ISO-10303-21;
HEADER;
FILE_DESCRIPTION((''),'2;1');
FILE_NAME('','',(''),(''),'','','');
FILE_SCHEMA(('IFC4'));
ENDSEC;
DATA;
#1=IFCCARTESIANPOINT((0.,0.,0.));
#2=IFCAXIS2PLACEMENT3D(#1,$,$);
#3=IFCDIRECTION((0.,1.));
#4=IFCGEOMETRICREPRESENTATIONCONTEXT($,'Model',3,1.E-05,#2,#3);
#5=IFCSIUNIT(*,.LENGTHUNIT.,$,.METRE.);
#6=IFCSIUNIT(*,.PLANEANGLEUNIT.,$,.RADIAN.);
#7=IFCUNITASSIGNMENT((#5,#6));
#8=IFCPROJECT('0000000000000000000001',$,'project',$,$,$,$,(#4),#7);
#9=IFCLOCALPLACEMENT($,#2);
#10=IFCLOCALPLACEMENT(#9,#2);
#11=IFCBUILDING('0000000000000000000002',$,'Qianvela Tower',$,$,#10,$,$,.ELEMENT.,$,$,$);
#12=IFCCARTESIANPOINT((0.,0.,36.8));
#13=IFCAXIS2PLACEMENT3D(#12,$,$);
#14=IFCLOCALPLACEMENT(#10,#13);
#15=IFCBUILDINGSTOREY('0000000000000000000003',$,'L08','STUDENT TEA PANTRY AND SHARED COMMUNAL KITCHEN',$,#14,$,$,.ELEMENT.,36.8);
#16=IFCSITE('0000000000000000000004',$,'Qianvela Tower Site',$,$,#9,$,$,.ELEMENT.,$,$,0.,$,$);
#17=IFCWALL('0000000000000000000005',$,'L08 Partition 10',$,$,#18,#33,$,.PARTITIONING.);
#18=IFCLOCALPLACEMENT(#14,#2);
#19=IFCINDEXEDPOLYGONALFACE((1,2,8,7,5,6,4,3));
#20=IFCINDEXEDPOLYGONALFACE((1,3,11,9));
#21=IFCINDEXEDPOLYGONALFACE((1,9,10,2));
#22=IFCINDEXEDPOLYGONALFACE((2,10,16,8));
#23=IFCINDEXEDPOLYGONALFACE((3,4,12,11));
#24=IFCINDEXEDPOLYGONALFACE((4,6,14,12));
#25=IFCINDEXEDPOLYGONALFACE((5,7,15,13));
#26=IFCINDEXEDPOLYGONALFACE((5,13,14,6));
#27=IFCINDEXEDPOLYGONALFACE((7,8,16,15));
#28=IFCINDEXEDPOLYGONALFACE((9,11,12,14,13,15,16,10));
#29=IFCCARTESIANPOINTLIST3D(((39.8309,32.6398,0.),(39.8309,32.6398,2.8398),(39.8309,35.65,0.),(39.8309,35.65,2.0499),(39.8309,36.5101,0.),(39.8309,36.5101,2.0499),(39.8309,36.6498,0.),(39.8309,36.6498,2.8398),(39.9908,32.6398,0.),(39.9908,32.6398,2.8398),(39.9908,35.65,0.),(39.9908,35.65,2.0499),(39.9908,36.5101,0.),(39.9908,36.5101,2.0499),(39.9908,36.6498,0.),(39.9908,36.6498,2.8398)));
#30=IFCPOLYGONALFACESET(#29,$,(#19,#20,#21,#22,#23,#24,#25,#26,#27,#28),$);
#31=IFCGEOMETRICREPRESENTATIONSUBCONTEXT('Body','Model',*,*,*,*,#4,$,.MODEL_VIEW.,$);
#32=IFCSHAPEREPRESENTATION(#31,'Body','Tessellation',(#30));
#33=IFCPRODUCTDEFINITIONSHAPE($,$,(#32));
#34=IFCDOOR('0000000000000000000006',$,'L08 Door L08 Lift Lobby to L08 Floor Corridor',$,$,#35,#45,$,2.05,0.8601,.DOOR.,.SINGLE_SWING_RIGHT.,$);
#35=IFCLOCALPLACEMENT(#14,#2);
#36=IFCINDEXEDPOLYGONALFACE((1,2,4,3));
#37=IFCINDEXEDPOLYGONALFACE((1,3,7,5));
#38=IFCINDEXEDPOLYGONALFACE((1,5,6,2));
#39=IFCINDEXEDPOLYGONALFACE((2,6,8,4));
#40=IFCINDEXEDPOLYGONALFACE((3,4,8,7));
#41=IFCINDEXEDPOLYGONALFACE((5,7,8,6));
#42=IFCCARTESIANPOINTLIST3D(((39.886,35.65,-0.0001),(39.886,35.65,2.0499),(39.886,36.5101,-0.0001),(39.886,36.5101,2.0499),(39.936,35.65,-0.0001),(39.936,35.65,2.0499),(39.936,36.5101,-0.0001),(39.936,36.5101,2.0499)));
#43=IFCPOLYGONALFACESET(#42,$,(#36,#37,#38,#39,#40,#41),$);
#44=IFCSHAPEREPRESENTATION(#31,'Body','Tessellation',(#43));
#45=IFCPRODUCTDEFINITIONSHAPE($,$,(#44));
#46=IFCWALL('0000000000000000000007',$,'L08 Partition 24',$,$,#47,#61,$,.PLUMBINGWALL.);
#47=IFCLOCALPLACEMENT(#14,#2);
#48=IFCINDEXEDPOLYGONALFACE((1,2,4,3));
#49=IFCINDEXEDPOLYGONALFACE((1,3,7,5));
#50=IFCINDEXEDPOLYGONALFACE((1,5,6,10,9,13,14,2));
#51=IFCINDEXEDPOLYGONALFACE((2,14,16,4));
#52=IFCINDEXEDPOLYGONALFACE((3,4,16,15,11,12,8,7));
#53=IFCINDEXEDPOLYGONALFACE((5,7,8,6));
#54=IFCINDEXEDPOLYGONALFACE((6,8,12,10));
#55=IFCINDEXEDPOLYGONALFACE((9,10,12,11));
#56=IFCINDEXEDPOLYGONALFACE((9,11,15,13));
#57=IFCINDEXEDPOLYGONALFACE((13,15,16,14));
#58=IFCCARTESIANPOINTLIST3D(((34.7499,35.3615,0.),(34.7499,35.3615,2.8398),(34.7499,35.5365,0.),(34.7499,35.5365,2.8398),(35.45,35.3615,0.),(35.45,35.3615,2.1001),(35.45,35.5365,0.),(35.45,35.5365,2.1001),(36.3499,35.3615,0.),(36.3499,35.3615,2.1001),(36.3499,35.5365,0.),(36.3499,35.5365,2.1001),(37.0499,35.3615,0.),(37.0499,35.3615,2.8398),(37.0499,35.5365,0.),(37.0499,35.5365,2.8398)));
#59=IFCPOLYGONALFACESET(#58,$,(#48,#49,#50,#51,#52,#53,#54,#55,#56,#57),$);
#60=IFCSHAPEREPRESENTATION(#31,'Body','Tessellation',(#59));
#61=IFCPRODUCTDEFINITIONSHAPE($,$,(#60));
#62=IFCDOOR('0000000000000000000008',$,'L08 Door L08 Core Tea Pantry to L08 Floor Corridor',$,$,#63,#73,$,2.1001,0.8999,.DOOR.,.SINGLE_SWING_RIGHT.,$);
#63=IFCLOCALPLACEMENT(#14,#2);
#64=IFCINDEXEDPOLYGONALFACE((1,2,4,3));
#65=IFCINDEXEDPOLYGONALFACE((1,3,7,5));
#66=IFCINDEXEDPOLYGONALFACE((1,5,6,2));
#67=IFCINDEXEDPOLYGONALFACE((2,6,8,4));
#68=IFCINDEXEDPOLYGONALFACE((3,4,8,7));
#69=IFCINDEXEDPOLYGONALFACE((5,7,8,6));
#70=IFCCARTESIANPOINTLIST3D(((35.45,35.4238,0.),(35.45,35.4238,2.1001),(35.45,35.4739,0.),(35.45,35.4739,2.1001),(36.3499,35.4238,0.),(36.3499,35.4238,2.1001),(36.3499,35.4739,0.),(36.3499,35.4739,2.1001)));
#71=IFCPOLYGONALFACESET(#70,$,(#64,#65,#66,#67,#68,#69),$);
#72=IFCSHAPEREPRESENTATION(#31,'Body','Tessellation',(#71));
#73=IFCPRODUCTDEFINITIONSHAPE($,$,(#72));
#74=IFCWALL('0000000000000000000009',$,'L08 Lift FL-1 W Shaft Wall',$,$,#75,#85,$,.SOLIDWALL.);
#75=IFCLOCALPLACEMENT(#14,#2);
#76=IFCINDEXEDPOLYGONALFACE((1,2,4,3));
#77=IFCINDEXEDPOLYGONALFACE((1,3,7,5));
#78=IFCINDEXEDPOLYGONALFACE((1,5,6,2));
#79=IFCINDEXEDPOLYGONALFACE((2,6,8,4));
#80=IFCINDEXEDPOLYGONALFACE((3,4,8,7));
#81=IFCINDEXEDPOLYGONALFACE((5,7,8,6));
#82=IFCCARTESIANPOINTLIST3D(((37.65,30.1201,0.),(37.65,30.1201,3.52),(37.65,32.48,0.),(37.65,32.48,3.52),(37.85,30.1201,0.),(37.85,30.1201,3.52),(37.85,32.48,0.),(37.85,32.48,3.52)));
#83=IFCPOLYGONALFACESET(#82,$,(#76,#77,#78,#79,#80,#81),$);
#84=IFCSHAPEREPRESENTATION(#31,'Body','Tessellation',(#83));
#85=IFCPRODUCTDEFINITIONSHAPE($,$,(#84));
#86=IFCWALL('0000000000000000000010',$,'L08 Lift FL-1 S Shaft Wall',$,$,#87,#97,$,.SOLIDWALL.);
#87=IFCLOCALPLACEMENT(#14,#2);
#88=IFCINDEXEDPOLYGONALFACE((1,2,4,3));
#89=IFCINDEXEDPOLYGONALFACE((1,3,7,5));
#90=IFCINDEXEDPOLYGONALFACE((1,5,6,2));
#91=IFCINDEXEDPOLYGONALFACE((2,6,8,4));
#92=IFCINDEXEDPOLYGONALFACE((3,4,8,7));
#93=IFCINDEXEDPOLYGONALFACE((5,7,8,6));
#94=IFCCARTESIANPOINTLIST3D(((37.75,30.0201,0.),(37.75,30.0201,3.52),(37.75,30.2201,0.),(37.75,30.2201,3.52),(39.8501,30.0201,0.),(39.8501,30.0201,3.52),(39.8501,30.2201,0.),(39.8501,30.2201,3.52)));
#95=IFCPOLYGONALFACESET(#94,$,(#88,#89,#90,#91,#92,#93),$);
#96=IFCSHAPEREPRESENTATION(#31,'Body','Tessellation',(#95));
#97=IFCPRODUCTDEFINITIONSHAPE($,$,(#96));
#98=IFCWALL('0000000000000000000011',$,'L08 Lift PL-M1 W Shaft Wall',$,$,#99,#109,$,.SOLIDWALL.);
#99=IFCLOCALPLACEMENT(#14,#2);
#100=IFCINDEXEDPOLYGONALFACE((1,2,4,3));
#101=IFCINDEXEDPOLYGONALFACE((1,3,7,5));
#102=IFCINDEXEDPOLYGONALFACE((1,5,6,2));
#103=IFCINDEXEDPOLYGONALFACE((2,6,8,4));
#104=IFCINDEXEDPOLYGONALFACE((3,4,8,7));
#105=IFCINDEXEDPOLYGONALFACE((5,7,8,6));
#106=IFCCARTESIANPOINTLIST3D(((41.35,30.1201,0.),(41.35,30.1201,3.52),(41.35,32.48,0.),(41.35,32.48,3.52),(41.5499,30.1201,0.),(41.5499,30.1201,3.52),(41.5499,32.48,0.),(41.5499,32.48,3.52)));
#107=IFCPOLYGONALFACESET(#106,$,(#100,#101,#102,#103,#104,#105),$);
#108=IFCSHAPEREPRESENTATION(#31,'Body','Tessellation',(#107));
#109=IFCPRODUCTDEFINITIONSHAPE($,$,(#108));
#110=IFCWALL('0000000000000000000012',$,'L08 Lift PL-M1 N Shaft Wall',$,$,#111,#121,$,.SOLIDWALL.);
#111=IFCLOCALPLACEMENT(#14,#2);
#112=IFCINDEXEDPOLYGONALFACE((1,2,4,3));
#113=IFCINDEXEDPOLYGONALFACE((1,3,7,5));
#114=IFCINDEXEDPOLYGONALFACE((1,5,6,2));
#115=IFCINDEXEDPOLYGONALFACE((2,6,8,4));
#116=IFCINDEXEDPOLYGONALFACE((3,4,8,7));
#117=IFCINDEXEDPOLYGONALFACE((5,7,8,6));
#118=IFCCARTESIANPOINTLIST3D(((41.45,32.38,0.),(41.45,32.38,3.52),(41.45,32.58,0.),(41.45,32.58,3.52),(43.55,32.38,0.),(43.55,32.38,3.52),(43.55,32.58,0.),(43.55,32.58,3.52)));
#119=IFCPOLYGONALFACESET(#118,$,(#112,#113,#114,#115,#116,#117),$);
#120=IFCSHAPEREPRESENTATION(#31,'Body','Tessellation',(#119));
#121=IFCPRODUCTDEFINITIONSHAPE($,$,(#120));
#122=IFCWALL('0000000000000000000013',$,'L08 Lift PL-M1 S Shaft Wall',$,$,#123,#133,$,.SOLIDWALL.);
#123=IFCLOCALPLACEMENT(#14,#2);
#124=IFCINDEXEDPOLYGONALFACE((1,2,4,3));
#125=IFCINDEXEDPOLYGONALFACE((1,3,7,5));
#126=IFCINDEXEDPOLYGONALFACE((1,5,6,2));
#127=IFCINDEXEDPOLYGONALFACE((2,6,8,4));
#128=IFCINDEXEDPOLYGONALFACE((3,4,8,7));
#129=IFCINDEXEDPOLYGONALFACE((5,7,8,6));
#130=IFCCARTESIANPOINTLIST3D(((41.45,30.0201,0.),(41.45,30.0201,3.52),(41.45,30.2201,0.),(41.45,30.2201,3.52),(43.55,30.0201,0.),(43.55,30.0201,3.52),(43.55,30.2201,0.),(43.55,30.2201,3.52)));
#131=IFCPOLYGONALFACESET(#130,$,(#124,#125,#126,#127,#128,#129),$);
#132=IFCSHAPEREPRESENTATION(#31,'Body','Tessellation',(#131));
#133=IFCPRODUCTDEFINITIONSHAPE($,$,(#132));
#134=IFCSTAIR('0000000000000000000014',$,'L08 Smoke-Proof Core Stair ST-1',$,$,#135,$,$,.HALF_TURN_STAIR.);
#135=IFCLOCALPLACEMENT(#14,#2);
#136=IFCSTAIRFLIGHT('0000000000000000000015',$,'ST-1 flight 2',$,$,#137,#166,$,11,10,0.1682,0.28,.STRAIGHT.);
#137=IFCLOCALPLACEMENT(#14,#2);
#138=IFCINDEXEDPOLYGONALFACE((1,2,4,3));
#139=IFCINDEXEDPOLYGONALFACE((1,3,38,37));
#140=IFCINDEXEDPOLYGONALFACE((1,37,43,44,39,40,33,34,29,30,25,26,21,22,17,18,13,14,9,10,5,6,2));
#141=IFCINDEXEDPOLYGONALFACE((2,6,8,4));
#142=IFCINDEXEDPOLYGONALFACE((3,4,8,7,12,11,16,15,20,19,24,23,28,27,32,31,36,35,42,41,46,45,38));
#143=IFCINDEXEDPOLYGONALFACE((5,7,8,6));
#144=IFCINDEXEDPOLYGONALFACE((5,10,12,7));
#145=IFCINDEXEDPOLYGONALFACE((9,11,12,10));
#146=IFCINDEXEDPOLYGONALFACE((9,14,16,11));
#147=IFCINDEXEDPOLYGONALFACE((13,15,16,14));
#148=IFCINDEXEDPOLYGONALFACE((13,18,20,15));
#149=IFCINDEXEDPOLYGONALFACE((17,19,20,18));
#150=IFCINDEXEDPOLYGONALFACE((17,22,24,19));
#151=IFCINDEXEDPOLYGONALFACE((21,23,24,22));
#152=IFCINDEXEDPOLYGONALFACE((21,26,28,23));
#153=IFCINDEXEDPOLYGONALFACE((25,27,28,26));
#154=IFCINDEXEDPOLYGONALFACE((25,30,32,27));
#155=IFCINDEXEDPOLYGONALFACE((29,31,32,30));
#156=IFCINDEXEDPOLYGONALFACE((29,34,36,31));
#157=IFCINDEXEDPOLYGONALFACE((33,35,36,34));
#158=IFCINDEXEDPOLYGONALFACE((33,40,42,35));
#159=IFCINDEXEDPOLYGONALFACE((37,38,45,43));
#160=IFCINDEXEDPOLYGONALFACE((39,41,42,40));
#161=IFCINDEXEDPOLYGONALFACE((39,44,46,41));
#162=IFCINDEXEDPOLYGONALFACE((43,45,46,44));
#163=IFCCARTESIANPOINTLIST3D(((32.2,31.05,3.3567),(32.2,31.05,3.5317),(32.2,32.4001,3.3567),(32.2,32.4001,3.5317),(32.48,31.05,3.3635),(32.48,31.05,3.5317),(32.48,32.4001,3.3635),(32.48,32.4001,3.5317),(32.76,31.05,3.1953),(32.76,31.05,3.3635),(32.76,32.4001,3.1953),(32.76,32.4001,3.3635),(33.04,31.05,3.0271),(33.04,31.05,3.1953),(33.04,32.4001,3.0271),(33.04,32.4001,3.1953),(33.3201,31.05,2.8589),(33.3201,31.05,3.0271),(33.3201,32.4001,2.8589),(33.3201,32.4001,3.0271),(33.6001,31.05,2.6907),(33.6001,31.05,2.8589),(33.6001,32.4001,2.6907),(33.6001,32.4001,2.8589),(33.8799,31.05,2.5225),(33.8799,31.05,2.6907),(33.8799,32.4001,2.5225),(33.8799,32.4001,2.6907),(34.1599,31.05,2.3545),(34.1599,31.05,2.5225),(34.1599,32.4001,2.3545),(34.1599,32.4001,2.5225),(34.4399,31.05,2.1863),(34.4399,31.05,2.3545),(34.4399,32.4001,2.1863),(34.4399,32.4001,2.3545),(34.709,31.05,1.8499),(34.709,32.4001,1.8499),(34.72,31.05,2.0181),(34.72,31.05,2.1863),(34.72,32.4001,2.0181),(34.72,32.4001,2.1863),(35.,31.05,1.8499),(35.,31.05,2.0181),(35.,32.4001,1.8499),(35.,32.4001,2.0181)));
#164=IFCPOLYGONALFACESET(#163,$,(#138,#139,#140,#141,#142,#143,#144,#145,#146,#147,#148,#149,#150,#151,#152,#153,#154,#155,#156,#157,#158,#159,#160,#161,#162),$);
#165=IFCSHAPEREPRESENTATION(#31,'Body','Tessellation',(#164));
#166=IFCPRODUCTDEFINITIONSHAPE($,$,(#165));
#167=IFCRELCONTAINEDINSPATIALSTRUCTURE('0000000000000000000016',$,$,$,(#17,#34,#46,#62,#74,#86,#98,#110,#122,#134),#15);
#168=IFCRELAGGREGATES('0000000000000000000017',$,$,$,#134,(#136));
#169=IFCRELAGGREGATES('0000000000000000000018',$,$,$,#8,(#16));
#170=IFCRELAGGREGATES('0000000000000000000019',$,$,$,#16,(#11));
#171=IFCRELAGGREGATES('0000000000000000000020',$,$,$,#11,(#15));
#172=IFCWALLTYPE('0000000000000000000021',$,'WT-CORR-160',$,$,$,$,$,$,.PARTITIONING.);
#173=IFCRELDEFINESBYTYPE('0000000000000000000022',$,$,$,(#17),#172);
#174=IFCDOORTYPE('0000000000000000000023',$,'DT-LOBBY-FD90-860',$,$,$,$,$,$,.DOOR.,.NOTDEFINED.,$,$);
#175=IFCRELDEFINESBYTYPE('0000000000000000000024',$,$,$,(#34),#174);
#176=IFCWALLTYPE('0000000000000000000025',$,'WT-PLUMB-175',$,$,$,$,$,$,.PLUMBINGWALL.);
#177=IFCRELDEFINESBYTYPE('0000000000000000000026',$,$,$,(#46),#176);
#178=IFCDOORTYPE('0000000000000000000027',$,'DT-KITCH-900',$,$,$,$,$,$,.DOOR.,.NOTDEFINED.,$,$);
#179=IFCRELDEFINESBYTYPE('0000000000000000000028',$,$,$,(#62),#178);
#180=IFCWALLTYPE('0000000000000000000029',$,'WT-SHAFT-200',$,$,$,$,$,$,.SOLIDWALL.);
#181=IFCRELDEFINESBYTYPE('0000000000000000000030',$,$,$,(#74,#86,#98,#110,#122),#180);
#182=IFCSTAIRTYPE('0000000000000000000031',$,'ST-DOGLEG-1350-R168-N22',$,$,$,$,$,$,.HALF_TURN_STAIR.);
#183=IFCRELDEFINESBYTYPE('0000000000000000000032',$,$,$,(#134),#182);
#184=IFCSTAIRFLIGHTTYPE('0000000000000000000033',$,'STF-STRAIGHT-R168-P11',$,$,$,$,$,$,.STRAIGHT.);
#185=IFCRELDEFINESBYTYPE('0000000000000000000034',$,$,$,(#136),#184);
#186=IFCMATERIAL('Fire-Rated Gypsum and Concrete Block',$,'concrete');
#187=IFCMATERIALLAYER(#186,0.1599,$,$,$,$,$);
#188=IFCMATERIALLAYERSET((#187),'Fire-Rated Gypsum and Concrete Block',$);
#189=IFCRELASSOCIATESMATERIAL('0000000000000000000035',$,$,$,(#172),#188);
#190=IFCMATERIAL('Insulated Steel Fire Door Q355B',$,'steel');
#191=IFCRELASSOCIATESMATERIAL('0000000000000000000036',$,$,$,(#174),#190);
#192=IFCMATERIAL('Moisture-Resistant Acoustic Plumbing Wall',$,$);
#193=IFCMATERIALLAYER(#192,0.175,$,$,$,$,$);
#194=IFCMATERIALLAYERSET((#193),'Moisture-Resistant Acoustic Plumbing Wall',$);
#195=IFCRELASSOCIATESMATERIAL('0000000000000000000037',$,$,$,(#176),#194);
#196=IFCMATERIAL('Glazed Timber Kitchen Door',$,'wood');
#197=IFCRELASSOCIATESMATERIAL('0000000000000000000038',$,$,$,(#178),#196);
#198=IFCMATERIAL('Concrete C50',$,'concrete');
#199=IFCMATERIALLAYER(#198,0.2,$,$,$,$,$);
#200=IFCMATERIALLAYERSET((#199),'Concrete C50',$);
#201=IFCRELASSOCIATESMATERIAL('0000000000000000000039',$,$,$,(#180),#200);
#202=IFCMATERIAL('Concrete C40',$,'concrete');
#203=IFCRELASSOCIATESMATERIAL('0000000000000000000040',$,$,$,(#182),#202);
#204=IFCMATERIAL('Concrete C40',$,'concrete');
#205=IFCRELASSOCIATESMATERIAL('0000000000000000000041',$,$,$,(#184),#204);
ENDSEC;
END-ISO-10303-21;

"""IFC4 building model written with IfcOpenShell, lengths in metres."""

from ifc_helpers import new_model, si_unit, direction, frame, frame_2d, origin, place, context, subcontext, project, spatial, polyline, rectangle, outline, extrude, material, layer, layer_set, type_object, element, fill, aggregate, save


model = new_model("IFC4")

# Units and contexts
model_context = context("Model", 3, precision=1e-05, world=origin(), true_north=direction((0.0, 1.0)))
body_context = subcontext(model_context, "Body", "Model", "MODEL_VIEW")
ifc_project = project(units=[si_unit("LENGTHUNIT", "METRE"), si_unit("PLANEANGLEUNIT", "RADIAN")], contexts=[model_context])

# Site, building, storey
site_placement = place(None, origin())
site = spatial("IfcSite", under=ifc_project, at=site_placement, Name="Qianvela Tower Site", CompositionType="ELEMENT", RefElevation=0.0)
building_placement = place(site_placement, origin())
building = spatial("IfcBuilding", under=site, at=building_placement, Name="Qianvela Tower", CompositionType="ELEMENT")
storey_placement = place(building_placement, frame((0.0, 0.0, 36.8)))
storey = spatial("IfcBuildingStorey", under=building, at=storey_placement, Name="L08", Description="STUDENT TEA PANTRY AND SHARED COMMUNAL KITCHEN", CompositionType="ELEMENT", Elevation=36.8)

# Walls, openings, doors
ifc_material_1 = material(Name="Fire-Rated Gypsum and Concrete Block", Category="concrete")
ifc_layer_1 = layer(ifc_material_1, 0.1599)
ifc_layer_set_1 = layer_set([ifc_layer_1], Name="Fire-Rated Gypsum and Concrete Block")
wall_type_1 = type_object("IfcWallType", Name="WT-CORR-160", PredefinedType="PARTITIONING", material=ifc_layer_set_1)
wall_1_placement = place(storey_placement, frame((39.9109, 32.6399, 0.0), z_axis=(0.0, 0.0, 1.0), x_axis=(0.0, 1.0, 0.0)))
wall_1 = element("IfcWall", 1, at=wall_1_placement, inside=storey, type_object=wall_type_1, Name="L08 Partition 10", PredefinedType="PARTITIONING", context=body_context, shape_type="SweptSolid", body=[
    extrude(rectangle(XDim=4.01, YDim=0.1599, at=frame_2d((2.0049, 0.0))), origin(), (0.0, 0.0, 1.0), 2.8398),
])
opening_1_placement = place(wall_1_placement, frame((3.01, 0.0, 0.0)))
opening_1 = element("IfcOpeningElement", 2, at=opening_1_placement, cuts=wall_1, PredefinedType="OPENING", context=body_context, shape_type="SweptSolid", body=[
    extrude(rectangle(XDim=0.8601, YDim=2.05, at=frame_2d((0.4302, 1.0249))), frame((0.0, 0.0898, 0.0), z_axis=(0.0, -1.0, 0.0), x_axis=(1.0, 0.0, 0.0)), (0.0, 0.0, 1.0), 0.1799),
])
ifc_material_2 = material(Name="Insulated Steel Fire Door Q355B", Category="steel")
door_type_1 = type_object("IfcDoorType", Name="DT-LOBBY-FD90-860", OperationType="NOTDEFINED", PredefinedType="DOOR", material=ifc_material_2)
door_1_placement = place(opening_1_placement, origin())
door_1 = element("IfcDoor", 3, at=door_1_placement, inside=storey, type_object=door_type_1, Name="L08 Door L08 Lift Lobby to L08 Floor Corridor", OperationType="SINGLE_SWING_RIGHT", OverallHeight=2.05, OverallWidth=0.8601, PredefinedType="DOOR", context=body_context, shape_type="SweptSolid", body=[
    extrude(rectangle(XDim=0.8601, YDim=2.05, at=frame_2d((0.4302, 1.0249))), frame((0.0, 0.0249, 0.0), z_axis=(0.0, -1.0, 0.0), x_axis=(1.0, 0.0, 0.0)), (0.0, 0.0, 1.0), 0.05),
])
fill(opening_1, door_1)
ifc_material_3 = material(Name="Moisture-Resistant Acoustic Plumbing Wall")
ifc_layer_2 = layer(ifc_material_3, 0.175)
ifc_layer_set_2 = layer_set([ifc_layer_2], Name="Moisture-Resistant Acoustic Plumbing Wall")
wall_type_2 = type_object("IfcWallType", Name="WT-PLUMB-175", PredefinedType="PLUMBINGWALL", material=ifc_layer_set_2)
wall_2_placement = place(storey_placement, frame((34.75, 35.449, 0.0), z_axis=(0.0, 0.0, 1.0), x_axis=(1.0, 0.0, 0.0)))
wall_2 = element("IfcWall", 4, at=wall_2_placement, inside=storey, type_object=wall_type_2, Name="L08 Partition 24", PredefinedType="PLUMBINGWALL", context=body_context, shape_type="SweptSolid", body=[
    extrude(rectangle(XDim=2.3, YDim=0.175, at=frame_2d((1.1499, 0.0))), origin(), (0.0, 0.0, 1.0), 2.8398),
])
opening_2_placement = place(wall_2_placement, frame((0.7, 0.0, 0.0)))
opening_2 = element("IfcOpeningElement", 5, at=opening_2_placement, cuts=wall_2, PredefinedType="OPENING", context=body_context, shape_type="SweptSolid", body=[
    extrude(rectangle(XDim=0.8999, YDim=2.1001, at=frame_2d((0.45, 1.05))), frame((0.0, 0.0974, 0.0), z_axis=(0.0, -1.0, 0.0), x_axis=(1.0, 0.0, 0.0)), (0.0, 0.0, 1.0), 0.1951),
])
ifc_material_4 = material(Name="Glazed Timber Kitchen Door", Category="wood")
door_type_2 = type_object("IfcDoorType", Name="DT-KITCH-900", OperationType="NOTDEFINED", PredefinedType="DOOR", material=ifc_material_4)
door_2_placement = place(opening_2_placement, origin())
door_2 = element("IfcDoor", 6, at=door_2_placement, inside=storey, type_object=door_type_2, Name="L08 Door L08 Core Tea Pantry to L08 Floor Corridor", OperationType="SINGLE_SWING_RIGHT", OverallHeight=2.1001, OverallWidth=0.8999, PredefinedType="DOOR", context=body_context, shape_type="SweptSolid", body=[
    extrude(rectangle(XDim=0.8999, YDim=2.1001, at=frame_2d((0.45, 1.05))), frame((0.0, 0.0249, 0.0), z_axis=(0.0, -1.0, 0.0), x_axis=(1.0, 0.0, 0.0)), (0.0, 0.0, 1.0), 0.05),
])
fill(opening_2, door_2)
ifc_material_5 = material(Name="Concrete C50", Category="concrete")
ifc_layer_3 = layer(ifc_material_5, 0.2)
ifc_layer_set_3 = layer_set([ifc_layer_3], Name="Concrete C50")
wall_type_3 = type_object("IfcWallType", Name="WT-SHAFT-200", PredefinedType="SOLIDWALL", material=ifc_layer_set_3)

# Walls
wall_3_placement = place(storey_placement, frame((37.75, 30.1201, 0.0), z_axis=(0.0, 0.0, 1.0), x_axis=(0.0, 1.0, 0.0)))
element("IfcWall", 7, at=wall_3_placement, inside=storey, type_object=wall_type_3, Name="L08 Lift FL-1 W Shaft Wall", PredefinedType="SOLIDWALL", context=body_context, shape_type="SweptSolid", body=[
    extrude(rectangle(XDim=2.3599, YDim=0.2, at=frame_2d((1.1799, 0.0))), origin(), (0.0, 0.0, 1.0), 3.52),
])
wall_4_placement = place(storey_placement, frame((37.75, 30.1201, 0.0), z_axis=(0.0, 0.0, 1.0), x_axis=(1.0, 0.0, 0.0)))
element("IfcWall", 8, at=wall_4_placement, inside=storey, type_object=wall_type_3, Name="L08 Lift FL-1 S Shaft Wall", PredefinedType="SOLIDWALL", context=body_context, shape_type="SweptSolid", body=[
    extrude(rectangle(XDim=2.1001, YDim=0.2, at=frame_2d((1.05, 0.0))), origin(), (0.0, 0.0, 1.0), 3.52),
])
wall_5_placement = place(storey_placement, frame((41.45, 30.1201, 0.0), z_axis=(0.0, 0.0, 1.0), x_axis=(0.0, 1.0, 0.0)))
element("IfcWall", 9, at=wall_5_placement, inside=storey, type_object=wall_type_3, Name="L08 Lift PL-M1 W Shaft Wall", PredefinedType="SOLIDWALL", context=body_context, shape_type="SweptSolid", body=[
    extrude(rectangle(XDim=2.3599, YDim=0.2, at=frame_2d((1.1799, 0.0))), origin(), (0.0, 0.0, 1.0), 3.52),
])
for number, where, z_axis, x_axis, name in (
    (10, (41.45, 32.48, 0.0), (0.0, 0.0, 1.0), (1.0, 0.0, 0.0), "L08 Lift PL-M1 N Shaft Wall"),
    (11, (41.45, 30.1201, 0.0), (0.0, 0.0, 1.0), (1.0, 0.0, 0.0), "L08 Lift PL-M1 S Shaft Wall"),
):
    element("IfcWall", number, at=place(storey_placement, frame(where, z_axis=z_axis, x_axis=x_axis)), inside=storey, type_object=wall_type_3, Name=name, PredefinedType="SOLIDWALL", context=body_context, shape_type="SweptSolid", body=[
        extrude(rectangle(XDim=2.1001, YDim=0.2, at=frame_2d((1.05, 0.0))), origin(), (0.0, 0.0, 1.0), 3.52),
    ])

# Stair, stair flight
ifc_material_6 = material(Name="Concrete C40", Category="concrete")
stair_type = type_object("IfcStairType", Name="ST-DOGLEG-1350-R168-N22", PredefinedType="HALF_TURN_STAIR", material=ifc_material_6)
stair_placement = place(storey_placement, origin())
stair = element("IfcStair", 12, at=stair_placement, inside=storey, type_object=stair_type, Name="L08 Smoke-Proof Core Stair ST-1", PredefinedType="HALF_TURN_STAIR")
ifc_material_7 = material(Name="Concrete C40", Category="concrete")
stair_flight_type = type_object("IfcStairFlightType", Name="STF-STRAIGHT-R168-P11", PredefinedType="STRAIGHT", material=ifc_material_7)
stair_flight_placement = place(storey_placement, frame((35.0, 31.7251, 1.8499), z_axis=(0.0, 0.0, 1.0), x_axis=(-1.0, 0.0, 0.0)))
stair_flight = element("IfcStairFlight", 13, at=stair_flight_placement, type_object=stair_flight_type, Name="ST-1 flight 2", NumberOfRisers=11, NumberOfTreads=10, PredefinedType="STRAIGHT", RiserHeight=0.1682, TreadLength=0.28, context=body_context, shape_type="SweptSolid", body=[
    extrude(outline(polyline([(0.0, 0.0), (0.0, 0.1682), (0.28, 0.1682), (0.28, 0.3364), (0.5601, 0.3364), (0.5601, 0.5046), (0.8401, 0.5046), (0.8401, 0.6726), (1.1201, 0.6726), (1.1201, 0.8408), (1.3999, 0.8408), (1.3999, 1.009), (1.6799, 1.009), (1.6799, 1.1772), (1.96, 1.1772), (1.96, 1.3455), (2.24, 1.3455), (2.24, 1.5137), (2.52, 1.5137), (2.52, 1.6819), (2.8, 1.6819), (2.8, 1.8501), (2.8, 1.5068), (0.291, 0.0), (0.0, 0.0)])), frame((0.0, 0.675, 0.0), z_axis=(0.0, -1.0, 0.0), x_axis=(1.0, 0.0, 0.0)), (0.0, 0.0, 1.0), 1.3501),
])
aggregate(stair, [stair_flight])

save(model, "model.ifc")
